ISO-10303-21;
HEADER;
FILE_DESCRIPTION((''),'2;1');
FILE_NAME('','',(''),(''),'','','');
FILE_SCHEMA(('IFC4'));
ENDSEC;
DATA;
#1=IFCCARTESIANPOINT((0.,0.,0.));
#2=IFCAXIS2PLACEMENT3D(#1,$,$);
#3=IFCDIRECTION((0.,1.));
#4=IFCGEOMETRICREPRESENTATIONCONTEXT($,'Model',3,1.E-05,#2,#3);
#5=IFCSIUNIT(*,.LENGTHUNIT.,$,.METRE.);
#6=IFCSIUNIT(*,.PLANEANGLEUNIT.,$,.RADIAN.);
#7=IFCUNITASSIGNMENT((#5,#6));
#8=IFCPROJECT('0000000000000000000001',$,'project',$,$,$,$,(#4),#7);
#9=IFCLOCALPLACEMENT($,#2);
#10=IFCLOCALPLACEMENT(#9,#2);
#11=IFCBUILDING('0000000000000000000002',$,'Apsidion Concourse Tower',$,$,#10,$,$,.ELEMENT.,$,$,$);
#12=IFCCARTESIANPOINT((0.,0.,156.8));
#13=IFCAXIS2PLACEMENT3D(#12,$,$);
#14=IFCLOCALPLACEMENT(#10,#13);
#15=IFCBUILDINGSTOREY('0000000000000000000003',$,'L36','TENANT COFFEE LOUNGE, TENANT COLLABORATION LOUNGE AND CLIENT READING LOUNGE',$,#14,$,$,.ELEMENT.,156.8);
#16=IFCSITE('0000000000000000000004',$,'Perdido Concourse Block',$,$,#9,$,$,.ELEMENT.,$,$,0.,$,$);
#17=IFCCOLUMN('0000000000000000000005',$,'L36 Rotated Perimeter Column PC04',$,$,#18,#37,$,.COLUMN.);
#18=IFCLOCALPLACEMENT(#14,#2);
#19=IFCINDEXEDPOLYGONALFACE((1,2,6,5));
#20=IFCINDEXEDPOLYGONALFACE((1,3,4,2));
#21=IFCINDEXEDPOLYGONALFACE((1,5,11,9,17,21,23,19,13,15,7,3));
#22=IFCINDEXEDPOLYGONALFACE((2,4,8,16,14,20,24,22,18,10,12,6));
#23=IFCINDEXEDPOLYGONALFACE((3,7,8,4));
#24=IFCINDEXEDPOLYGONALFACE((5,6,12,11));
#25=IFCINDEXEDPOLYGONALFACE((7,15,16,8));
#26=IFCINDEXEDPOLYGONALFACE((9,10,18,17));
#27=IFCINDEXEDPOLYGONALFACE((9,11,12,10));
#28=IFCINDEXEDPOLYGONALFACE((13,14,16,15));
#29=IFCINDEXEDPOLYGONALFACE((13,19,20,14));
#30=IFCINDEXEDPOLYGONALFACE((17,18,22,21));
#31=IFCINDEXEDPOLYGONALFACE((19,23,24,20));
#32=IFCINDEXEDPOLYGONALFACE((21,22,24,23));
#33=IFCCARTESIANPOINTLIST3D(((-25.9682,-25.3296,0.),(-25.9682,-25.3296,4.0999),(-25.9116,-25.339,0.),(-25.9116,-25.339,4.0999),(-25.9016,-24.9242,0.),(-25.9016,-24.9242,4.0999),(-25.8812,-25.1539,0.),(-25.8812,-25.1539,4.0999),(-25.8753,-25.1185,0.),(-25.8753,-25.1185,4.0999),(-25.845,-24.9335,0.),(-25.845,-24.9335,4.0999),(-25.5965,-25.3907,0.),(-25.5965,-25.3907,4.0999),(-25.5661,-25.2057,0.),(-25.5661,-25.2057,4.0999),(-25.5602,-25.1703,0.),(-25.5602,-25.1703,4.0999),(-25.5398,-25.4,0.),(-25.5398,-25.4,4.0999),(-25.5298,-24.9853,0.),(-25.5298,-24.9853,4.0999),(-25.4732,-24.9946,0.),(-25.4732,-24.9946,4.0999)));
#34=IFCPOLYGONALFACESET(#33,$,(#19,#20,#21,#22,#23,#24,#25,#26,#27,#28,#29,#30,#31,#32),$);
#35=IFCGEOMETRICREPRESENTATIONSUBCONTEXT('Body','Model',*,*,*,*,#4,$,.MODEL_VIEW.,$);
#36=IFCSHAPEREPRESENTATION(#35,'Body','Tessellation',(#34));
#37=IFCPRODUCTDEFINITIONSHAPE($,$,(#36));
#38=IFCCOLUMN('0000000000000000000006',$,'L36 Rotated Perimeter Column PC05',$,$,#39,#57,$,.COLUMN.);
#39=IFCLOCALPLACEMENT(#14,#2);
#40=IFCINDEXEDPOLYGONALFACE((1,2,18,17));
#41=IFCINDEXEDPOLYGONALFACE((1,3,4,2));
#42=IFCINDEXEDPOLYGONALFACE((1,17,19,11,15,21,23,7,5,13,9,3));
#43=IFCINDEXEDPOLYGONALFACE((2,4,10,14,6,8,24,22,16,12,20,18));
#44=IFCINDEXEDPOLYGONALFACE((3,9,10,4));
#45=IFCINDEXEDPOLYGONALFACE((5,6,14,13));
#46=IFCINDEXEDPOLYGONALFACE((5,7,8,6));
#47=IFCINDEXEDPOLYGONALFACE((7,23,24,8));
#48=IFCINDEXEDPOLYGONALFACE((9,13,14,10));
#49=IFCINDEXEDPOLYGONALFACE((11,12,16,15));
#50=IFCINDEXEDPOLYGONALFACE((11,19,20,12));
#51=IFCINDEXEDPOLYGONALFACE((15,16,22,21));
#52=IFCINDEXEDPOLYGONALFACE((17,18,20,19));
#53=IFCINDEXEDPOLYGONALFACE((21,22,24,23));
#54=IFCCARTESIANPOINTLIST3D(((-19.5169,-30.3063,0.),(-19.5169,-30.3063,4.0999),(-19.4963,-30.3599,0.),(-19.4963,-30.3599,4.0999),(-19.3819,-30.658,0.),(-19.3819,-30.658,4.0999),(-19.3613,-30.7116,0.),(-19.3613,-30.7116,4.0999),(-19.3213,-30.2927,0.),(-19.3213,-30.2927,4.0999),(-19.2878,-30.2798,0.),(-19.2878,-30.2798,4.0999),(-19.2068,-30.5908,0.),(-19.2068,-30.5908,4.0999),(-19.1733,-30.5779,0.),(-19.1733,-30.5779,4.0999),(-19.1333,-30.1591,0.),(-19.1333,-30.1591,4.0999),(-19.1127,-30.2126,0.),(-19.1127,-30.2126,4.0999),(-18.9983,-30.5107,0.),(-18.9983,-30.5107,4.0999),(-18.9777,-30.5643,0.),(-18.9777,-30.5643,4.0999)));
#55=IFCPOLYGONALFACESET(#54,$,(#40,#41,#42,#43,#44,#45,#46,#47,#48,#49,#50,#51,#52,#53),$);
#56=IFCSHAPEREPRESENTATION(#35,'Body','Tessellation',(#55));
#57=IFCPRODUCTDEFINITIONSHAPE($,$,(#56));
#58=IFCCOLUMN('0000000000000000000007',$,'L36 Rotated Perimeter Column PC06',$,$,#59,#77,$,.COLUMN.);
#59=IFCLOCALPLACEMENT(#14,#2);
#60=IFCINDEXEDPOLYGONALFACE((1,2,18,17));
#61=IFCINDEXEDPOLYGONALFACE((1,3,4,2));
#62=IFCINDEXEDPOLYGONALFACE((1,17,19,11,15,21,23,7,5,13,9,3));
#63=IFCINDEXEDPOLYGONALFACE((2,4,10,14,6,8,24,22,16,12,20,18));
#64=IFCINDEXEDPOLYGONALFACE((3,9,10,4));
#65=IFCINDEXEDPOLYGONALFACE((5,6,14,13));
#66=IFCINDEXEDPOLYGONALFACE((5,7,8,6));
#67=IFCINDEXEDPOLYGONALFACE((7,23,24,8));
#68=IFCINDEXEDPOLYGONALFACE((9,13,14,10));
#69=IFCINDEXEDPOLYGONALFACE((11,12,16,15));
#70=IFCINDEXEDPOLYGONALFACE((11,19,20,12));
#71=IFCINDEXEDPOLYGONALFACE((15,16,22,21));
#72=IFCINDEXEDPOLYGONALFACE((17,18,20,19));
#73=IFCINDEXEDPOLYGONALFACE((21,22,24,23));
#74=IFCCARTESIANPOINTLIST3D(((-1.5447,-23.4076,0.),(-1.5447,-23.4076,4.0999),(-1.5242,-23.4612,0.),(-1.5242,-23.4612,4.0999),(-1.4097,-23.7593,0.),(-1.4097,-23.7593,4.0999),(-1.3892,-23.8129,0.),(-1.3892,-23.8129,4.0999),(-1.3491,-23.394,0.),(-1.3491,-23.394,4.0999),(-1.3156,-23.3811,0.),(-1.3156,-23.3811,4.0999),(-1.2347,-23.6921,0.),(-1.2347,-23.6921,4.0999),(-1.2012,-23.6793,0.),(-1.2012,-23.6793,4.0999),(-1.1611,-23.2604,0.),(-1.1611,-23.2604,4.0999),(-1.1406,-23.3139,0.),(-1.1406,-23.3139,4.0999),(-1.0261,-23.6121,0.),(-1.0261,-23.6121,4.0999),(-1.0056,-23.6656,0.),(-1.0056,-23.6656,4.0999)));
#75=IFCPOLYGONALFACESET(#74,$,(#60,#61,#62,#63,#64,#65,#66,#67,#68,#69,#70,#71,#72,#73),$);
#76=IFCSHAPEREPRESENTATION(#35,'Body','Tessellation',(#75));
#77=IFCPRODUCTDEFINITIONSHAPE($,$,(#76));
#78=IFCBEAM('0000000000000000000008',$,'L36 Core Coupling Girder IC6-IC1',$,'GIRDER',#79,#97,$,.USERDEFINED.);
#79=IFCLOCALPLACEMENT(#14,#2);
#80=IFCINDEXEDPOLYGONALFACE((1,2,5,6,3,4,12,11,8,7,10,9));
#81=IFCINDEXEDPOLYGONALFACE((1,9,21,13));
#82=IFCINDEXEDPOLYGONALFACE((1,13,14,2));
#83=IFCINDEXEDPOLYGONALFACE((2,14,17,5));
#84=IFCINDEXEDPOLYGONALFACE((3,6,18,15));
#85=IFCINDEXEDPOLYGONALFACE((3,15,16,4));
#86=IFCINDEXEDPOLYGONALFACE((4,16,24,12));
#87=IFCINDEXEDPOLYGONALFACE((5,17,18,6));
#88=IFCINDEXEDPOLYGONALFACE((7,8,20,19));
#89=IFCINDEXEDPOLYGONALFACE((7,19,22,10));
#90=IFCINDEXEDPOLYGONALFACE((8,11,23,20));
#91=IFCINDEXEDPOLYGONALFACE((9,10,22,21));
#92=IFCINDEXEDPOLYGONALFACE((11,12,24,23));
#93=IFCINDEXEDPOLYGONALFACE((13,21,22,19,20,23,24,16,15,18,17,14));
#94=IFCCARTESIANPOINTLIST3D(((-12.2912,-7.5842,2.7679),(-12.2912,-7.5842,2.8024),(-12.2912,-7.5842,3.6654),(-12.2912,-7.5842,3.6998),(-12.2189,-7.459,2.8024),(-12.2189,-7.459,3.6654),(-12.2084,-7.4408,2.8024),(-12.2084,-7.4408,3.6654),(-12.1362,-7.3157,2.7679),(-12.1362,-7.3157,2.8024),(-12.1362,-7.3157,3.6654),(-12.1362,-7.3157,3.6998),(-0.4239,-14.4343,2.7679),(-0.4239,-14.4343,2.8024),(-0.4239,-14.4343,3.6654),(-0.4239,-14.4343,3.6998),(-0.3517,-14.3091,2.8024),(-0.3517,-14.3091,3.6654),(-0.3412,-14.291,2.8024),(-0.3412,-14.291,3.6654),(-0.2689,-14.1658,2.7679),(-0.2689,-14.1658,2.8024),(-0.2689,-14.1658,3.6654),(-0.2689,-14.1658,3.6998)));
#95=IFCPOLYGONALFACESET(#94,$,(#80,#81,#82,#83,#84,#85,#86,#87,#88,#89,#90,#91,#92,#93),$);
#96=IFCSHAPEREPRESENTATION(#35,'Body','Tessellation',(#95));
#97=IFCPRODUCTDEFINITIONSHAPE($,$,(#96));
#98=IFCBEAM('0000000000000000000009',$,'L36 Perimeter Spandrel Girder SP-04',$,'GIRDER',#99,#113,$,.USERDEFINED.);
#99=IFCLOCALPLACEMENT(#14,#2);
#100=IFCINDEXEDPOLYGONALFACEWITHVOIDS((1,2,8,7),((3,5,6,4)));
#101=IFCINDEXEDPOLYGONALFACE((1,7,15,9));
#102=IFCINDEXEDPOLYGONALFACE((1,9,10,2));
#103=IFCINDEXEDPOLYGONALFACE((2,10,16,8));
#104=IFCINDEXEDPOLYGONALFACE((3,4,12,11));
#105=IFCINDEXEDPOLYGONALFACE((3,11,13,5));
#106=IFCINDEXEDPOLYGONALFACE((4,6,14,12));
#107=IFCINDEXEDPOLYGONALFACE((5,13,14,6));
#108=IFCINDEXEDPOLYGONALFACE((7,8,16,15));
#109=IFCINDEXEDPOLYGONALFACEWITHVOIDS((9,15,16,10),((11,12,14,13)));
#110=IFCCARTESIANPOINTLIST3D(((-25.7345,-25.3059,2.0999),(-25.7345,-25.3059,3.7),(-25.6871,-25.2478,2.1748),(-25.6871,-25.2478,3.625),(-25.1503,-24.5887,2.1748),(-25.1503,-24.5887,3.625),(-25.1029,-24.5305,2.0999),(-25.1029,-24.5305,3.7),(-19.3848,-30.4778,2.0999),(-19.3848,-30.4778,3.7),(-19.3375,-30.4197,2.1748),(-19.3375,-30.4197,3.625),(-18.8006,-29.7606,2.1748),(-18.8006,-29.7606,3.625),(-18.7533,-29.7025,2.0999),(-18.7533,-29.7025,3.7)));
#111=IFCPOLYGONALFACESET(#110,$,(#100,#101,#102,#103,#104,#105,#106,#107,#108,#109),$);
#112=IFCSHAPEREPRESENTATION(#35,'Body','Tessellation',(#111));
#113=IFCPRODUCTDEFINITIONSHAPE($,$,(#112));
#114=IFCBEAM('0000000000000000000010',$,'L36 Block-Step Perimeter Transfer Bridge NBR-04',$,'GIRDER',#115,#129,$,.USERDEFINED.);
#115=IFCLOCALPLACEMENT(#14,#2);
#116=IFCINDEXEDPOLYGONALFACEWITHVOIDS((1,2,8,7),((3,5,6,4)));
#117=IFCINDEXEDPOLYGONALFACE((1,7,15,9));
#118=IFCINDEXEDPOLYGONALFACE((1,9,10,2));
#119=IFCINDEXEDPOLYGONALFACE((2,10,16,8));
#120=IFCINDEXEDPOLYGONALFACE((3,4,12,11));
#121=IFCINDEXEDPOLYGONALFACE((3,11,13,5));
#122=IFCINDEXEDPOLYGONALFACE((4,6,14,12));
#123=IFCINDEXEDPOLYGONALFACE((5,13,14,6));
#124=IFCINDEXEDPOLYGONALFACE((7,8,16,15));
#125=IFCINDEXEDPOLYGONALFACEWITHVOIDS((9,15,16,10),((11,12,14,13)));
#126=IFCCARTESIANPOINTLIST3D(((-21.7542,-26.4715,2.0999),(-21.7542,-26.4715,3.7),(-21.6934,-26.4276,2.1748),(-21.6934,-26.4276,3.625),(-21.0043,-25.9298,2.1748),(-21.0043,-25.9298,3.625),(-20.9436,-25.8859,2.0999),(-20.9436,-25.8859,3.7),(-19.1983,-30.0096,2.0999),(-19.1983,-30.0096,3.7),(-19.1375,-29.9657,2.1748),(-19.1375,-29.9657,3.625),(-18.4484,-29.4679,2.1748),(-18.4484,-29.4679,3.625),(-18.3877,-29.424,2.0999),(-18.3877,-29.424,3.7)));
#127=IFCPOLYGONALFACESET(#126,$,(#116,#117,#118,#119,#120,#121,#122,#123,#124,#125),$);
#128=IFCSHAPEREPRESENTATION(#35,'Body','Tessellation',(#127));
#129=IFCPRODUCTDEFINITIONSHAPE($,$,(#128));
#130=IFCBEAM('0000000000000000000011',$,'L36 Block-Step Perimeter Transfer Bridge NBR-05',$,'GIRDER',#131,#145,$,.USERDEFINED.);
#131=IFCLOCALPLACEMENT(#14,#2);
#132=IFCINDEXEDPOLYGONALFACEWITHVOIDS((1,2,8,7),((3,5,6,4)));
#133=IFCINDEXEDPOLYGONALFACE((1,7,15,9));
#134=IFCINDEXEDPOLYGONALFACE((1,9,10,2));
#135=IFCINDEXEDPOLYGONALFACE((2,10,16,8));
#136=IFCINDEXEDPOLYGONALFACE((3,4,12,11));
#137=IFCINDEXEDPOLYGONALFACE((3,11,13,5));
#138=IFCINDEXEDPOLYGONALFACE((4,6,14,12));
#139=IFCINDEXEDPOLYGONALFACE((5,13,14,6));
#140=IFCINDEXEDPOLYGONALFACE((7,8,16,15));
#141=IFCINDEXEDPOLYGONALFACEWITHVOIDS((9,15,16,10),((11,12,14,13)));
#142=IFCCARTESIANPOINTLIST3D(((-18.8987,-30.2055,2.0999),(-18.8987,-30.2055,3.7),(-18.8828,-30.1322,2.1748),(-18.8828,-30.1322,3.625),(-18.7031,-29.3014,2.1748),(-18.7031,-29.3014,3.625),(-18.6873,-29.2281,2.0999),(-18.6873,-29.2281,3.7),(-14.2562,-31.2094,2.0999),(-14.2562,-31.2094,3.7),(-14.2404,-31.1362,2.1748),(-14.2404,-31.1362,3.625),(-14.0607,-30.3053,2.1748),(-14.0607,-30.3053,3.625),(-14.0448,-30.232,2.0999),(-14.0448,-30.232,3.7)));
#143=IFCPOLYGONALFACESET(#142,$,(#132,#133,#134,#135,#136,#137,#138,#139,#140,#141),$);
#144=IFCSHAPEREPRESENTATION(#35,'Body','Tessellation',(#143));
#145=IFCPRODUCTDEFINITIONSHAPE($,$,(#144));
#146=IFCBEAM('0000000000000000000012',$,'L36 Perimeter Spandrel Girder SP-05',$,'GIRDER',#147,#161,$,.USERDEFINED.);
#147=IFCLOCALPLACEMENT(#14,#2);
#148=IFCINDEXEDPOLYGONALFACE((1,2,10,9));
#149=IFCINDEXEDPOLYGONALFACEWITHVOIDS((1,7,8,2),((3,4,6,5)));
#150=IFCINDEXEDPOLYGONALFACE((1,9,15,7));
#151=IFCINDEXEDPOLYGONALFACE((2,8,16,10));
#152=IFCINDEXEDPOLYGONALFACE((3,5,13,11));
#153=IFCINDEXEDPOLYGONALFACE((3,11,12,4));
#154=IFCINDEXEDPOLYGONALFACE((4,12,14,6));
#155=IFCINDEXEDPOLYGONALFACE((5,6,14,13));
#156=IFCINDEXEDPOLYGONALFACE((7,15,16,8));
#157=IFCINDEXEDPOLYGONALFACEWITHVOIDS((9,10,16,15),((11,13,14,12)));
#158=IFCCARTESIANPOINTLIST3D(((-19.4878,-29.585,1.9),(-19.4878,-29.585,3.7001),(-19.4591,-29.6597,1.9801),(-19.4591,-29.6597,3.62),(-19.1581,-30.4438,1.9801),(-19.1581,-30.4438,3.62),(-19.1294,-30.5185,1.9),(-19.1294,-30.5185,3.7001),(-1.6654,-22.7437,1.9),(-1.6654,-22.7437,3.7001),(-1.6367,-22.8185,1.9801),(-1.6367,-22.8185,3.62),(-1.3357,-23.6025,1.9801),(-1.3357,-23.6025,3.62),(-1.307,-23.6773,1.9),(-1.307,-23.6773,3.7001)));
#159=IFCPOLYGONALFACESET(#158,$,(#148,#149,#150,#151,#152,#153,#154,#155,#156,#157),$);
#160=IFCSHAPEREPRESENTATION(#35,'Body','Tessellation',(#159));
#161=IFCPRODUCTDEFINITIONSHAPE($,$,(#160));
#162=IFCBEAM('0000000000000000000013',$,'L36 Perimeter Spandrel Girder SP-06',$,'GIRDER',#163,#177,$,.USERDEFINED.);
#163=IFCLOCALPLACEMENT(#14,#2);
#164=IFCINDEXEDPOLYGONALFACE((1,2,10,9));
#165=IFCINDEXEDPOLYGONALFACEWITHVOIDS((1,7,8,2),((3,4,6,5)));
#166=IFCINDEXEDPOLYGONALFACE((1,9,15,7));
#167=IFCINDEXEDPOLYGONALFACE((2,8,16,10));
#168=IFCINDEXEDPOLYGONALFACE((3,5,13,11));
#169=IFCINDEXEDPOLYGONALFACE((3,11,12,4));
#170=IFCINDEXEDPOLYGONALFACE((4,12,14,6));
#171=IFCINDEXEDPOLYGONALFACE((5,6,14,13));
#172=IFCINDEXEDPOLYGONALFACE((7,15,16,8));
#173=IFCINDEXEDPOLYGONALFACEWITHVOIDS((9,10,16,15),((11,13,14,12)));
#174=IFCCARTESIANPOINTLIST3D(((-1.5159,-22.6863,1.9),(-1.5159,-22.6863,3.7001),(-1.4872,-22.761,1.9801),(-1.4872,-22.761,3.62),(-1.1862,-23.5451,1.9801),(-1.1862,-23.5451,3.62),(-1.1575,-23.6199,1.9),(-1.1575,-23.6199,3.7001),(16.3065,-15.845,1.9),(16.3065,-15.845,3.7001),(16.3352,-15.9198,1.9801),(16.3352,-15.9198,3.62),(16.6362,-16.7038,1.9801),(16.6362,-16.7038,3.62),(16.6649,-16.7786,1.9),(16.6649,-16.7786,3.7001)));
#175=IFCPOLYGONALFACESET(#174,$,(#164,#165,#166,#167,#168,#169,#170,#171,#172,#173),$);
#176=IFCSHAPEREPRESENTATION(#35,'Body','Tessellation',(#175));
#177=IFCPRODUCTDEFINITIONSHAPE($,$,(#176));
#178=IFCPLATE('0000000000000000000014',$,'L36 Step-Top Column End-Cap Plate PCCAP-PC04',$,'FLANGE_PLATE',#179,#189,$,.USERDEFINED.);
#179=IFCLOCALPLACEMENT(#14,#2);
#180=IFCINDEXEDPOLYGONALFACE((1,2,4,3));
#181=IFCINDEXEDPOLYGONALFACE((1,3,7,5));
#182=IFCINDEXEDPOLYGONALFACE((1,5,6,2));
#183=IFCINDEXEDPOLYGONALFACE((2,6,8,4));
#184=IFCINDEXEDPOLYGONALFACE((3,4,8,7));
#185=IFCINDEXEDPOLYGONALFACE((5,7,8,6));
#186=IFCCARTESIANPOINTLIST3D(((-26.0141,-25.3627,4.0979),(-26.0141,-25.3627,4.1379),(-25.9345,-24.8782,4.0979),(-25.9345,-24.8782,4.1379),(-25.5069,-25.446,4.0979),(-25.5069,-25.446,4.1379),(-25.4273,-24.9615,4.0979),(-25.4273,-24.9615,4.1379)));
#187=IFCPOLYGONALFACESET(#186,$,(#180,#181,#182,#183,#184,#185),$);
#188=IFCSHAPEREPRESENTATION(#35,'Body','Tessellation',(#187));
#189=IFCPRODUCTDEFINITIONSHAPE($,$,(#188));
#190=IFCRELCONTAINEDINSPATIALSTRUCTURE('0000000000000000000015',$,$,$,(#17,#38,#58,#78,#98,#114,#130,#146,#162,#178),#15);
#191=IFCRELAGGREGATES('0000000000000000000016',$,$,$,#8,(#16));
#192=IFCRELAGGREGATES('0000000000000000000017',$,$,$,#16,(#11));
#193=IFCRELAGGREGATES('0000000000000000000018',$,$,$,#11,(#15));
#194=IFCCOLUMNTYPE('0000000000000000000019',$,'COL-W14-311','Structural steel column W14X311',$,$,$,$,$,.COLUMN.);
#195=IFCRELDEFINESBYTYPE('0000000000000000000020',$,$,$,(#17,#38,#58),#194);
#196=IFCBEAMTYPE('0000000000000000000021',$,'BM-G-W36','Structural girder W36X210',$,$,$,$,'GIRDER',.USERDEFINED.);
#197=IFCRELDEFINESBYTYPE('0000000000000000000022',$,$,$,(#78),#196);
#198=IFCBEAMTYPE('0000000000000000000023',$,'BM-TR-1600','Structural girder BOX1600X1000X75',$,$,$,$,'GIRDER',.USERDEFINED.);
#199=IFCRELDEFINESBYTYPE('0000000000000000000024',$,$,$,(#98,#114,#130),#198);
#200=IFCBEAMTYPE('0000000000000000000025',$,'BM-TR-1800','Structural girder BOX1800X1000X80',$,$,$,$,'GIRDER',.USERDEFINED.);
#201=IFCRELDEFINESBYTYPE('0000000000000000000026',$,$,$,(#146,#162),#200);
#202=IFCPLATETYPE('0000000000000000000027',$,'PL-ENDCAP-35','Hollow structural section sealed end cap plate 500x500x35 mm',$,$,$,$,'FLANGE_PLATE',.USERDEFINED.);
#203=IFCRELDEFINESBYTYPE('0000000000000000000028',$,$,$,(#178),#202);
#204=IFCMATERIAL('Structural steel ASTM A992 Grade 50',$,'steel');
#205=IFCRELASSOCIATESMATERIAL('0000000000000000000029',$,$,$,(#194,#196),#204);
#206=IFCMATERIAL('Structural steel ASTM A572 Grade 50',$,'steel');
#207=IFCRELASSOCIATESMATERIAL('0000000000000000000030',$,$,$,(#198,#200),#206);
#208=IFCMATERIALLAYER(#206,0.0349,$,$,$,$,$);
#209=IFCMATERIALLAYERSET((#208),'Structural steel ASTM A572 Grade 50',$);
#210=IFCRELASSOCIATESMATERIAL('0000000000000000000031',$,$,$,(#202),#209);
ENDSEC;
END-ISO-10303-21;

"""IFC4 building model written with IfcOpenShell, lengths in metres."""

from ifc_helpers import new_model, si_unit, direction, frame, origin, origin_2d, place, context, subcontext, project, spatial, rectangle, hollow_rectangle, i_section, extrude, material, layer, layer_set, material_profile, profile_set, type_object, element, save


model = new_model("IFC4")

# Units and contexts
model_context = context("Model", 3, precision=1e-05, world=origin(), true_north=direction((0.0, 1.0)))
body_context = subcontext(model_context, "Body", "Model", "MODEL_VIEW")
ifc_project = project(units=[si_unit("LENGTHUNIT", "METRE"), si_unit("PLANEANGLEUNIT", "RADIAN")], contexts=[model_context])

# Site, building, storey
site_placement = place(None, origin())
site = spatial("IfcSite", under=ifc_project, at=site_placement, Name="Perdido Concourse Block", CompositionType="ELEMENT", RefElevation=0.0)
building_placement = place(site_placement, origin())
building = spatial("IfcBuilding", under=site, at=building_placement, Name="Apsidion Concourse Tower", CompositionType="ELEMENT")
storey_placement = place(building_placement, frame((0.0, 0.0, 156.8)))
storey = spatial("IfcBuildingStorey", under=building, at=storey_placement, Name="L36", Description="TENANT COFFEE LOUNGE, TENANT COLLABORATION LOUNGE AND CLIENT READING LOUNGE", CompositionType="ELEMENT", Elevation=156.8)

# Columns
ifc_material_1 = material(Name="Structural steel ASTM A992 Grade 50", Category="steel")
ifc_material_profile_1 = material_profile(ifc_material_1, i_section(OverallWidth=0.4109, OverallDepth=0.4341, WebThickness=0.0359, FlangeThickness=0.0574, at=origin_2d()), Name="W14X311")
ifc_profile_set_1 = profile_set([ifc_material_profile_1], Name="Structural steel ASTM A992 Grade 50")
column_type = type_object("IfcColumnType", Name="COL-W14-311", Description="Structural steel column W14X311", PredefinedType="COLUMN", material=ifc_profile_set_1)
for number, where, z_axis, x_axis, name in (
    (1, (-25.7207, -25.1621, 0.0), (0.0, 0.0, 1.0), (0.162121, 0.986771, 0.0), "L36 Rotated Perimeter Column PC04"),
    (2, (-19.2473, -30.4353, 0.0), (0.0, 0.0, 1.0), (0.93358, 0.358368, 0.0), "L36 Rotated Perimeter Column PC05"),
    (3, (-1.2751, -23.5366, 0.0), (0.0, 0.0, 1.0), (0.93358, 0.358368, 0.0), "L36 Rotated Perimeter Column PC06"),
):
    element("IfcColumn", number, at=place(storey_placement, frame(where, z_axis=z_axis, x_axis=x_axis)), inside=storey, type_object=column_type, Name=name, PredefinedType="COLUMN", context=body_context, shape_type="SweptSolid", body=[
        extrude(i_section(OverallWidth=0.4109, OverallDepth=0.4341, WebThickness=0.0359, FlangeThickness=0.0574, at=origin_2d()), origin(), (0.0, 0.0, 1.0), 4.0999),
    ])

# Beams
ifc_material_profile_2 = material_profile(ifc_material_1, i_section(OverallWidth=0.3101, OverallDepth=0.9319, WebThickness=0.021, FlangeThickness=0.0344, at=origin_2d()), Name="W36X210")
ifc_profile_set_2 = profile_set([ifc_material_profile_2], Name="Structural steel ASTM A992 Grade 50")
beam_type_1 = type_object("IfcBeamType", Name="BM-G-W36", Description="Structural girder W36X210", ElementType="GIRDER", PredefinedType="USERDEFINED", material=ifc_profile_set_2)
beam_1_placement = place(storey_placement, frame((-0.3464, -14.3, 3.2339), z_axis=(-0.86607, 0.499922, 0.0), x_axis=(-0.499922, -0.86607, 0.0)))
element("IfcBeam", 4, at=beam_1_placement, inside=storey, type_object=beam_type_1, Name="L36 Core Coupling Girder IC6-IC1", ObjectType="GIRDER", PredefinedType="USERDEFINED", context=body_context, shape_type="SweptSolid", body=[
    extrude(i_section(OverallWidth=0.3101, OverallDepth=0.9319, WebThickness=0.021, FlangeThickness=0.0344, at=origin_2d()), origin(), (0.0, 0.0, 1.0), 13.7024),
])
ifc_material_2 = material(Name="Structural steel ASTM A572 Grade 50", Category="steel")
ifc_material_profile_3 = material_profile(ifc_material_2, hollow_rectangle(XDim=1.0, YDim=1.6001, WallThickness=0.075, at=origin_2d()), Name="BOX1600X1000X75")
ifc_profile_set_3 = profile_set([ifc_material_profile_3], Name="Structural steel ASTM A572 Grade 50")
beam_type_2 = type_object("IfcBeamType", Name="BM-TR-1600", Description="Structural girder BOX1600X1000X75", ElementType="GIRDER", PredefinedType="USERDEFINED", material=ifc_profile_set_3)
beam_2_placement = place(storey_placement, frame((-25.4187, -24.9182, 2.8999), z_axis=(0.775347, -0.631535, 0.0), x_axis=(0.631535, 0.775347, 0.0)))
element("IfcBeam", 5, at=beam_2_placement, inside=storey, type_object=beam_type_2, Name="L36 Perimeter Spandrel Girder SP-04", ObjectType="GIRDER", PredefinedType="USERDEFINED", context=body_context, shape_type="SweptSolid", body=[
    extrude(hollow_rectangle(XDim=1.0, YDim=1.6001, WallThickness=0.075, at=origin_2d()), origin(), (0.0, 0.0, 1.0), 8.1895),
])
beam_3_placement = place(storey_placement, frame((-18.793, -29.7168, 2.8999), z_axis=(-0.585584, 0.810611, 0.0), x_axis=(-0.810611, -0.585584, 0.0)))
element("IfcBeam", 6, at=beam_3_placement, inside=storey, type_object=beam_type_2, Name="L36 Block-Step Perimeter Transfer Bridge NBR-04", ObjectType="GIRDER", PredefinedType="USERDEFINED", context=body_context, shape_type="SweptSolid", body=[
    extrude(hollow_rectangle(XDim=1.0, YDim=1.6001, WallThickness=0.075, at=origin_2d()), origin(), (0.0, 0.0, 1.0), 4.3647),
])
beam_4_placement = place(storey_placement, frame((-18.793, -29.7168, 2.8999), z_axis=(0.977407, -0.211365, 0.0), x_axis=(0.211365, 0.977407, 0.0)))
element("IfcBeam", 7, at=beam_4_placement, inside=storey, type_object=beam_type_2, Name="L36 Block-Step Perimeter Transfer Bridge NBR-05", ObjectType="GIRDER", PredefinedType="USERDEFINED", context=body_context, shape_type="SweptSolid", body=[
    extrude(hollow_rectangle(XDim=1.0, YDim=1.6001, WallThickness=0.075, at=origin_2d()), origin(), (0.0, 0.0, 1.0), 4.7498),
])
ifc_material_profile_4 = material_profile(ifc_material_2, hollow_rectangle(XDim=1.0, YDim=1.8, WallThickness=0.0801, at=origin_2d()), Name="BOX1800X1000X80")
ifc_profile_set_4 = profile_set([ifc_material_profile_4], Name="Structural steel ASTM A572 Grade 50")
beam_type_3 = type_object("IfcBeamType", Name="BM-TR-1800", Description="Structural girder BOX1800X1000X80", ElementType="GIRDER", PredefinedType="USERDEFINED", material=ifc_profile_set_4)
for number, where, z_axis, x_axis, name in (
    (8, (-19.3086, -30.0518, 2.8), (0.933582, 0.358363, 0.0), (-0.358363, 0.933582, 0.0), "L36 Perimeter Spandrel Girder SP-05"),
    (9, (-1.3367, -23.1531, 2.8), (0.933582, 0.358363, 0.0), (-0.358363, 0.933582, 0.0), "L36 Perimeter Spandrel Girder SP-06"),
):
    element("IfcBeam", number, at=place(storey_placement, frame(where, z_axis=z_axis, x_axis=x_axis)), inside=storey, type_object=beam_type_3, Name=name, ObjectType="GIRDER", PredefinedType="USERDEFINED", context=body_context, shape_type="SweptSolid", body=[
        extrude(hollow_rectangle(XDim=1.0, YDim=1.8, WallThickness=0.0801, at=origin_2d()), origin(), (0.0, 0.0, 1.0), 19.0903),
    ])

# Plate
ifc_layer_1 = layer(ifc_material_2, 0.0349)
ifc_layer_set_1 = layer_set([ifc_layer_1], Name="Structural steel ASTM A572 Grade 50")
plate_type = type_object("IfcPlateType", Name="PL-ENDCAP-35", Description="Hollow structural section sealed end cap plate 500x500x35 mm", ElementType="FLANGE_PLATE", PredefinedType="USERDEFINED", material=ifc_layer_set_1)
for number, where, z_axis, x_axis, name in (
    (10, (-25.7207, -25.1621, 4.0979), (0.0, 0.0, 1.0), (0.162121, 0.986771, 0.0), "L36 Step-Top Column End-Cap Plate PCCAP-PC04"),
):
    element("IfcPlate", number, at=place(storey_placement, frame(where, z_axis=z_axis, x_axis=x_axis)), inside=storey, type_object=plate_type, Name=name, ObjectType="FLANGE_PLATE", PredefinedType="USERDEFINED", context=body_context, shape_type="SweptSolid", body=[
        extrude(rectangle(XDim=0.491, YDim=0.5139, at=origin_2d()), origin(), (0.0, 0.0, 1.0), 0.04),
    ])

save(model, "model.ifc")
